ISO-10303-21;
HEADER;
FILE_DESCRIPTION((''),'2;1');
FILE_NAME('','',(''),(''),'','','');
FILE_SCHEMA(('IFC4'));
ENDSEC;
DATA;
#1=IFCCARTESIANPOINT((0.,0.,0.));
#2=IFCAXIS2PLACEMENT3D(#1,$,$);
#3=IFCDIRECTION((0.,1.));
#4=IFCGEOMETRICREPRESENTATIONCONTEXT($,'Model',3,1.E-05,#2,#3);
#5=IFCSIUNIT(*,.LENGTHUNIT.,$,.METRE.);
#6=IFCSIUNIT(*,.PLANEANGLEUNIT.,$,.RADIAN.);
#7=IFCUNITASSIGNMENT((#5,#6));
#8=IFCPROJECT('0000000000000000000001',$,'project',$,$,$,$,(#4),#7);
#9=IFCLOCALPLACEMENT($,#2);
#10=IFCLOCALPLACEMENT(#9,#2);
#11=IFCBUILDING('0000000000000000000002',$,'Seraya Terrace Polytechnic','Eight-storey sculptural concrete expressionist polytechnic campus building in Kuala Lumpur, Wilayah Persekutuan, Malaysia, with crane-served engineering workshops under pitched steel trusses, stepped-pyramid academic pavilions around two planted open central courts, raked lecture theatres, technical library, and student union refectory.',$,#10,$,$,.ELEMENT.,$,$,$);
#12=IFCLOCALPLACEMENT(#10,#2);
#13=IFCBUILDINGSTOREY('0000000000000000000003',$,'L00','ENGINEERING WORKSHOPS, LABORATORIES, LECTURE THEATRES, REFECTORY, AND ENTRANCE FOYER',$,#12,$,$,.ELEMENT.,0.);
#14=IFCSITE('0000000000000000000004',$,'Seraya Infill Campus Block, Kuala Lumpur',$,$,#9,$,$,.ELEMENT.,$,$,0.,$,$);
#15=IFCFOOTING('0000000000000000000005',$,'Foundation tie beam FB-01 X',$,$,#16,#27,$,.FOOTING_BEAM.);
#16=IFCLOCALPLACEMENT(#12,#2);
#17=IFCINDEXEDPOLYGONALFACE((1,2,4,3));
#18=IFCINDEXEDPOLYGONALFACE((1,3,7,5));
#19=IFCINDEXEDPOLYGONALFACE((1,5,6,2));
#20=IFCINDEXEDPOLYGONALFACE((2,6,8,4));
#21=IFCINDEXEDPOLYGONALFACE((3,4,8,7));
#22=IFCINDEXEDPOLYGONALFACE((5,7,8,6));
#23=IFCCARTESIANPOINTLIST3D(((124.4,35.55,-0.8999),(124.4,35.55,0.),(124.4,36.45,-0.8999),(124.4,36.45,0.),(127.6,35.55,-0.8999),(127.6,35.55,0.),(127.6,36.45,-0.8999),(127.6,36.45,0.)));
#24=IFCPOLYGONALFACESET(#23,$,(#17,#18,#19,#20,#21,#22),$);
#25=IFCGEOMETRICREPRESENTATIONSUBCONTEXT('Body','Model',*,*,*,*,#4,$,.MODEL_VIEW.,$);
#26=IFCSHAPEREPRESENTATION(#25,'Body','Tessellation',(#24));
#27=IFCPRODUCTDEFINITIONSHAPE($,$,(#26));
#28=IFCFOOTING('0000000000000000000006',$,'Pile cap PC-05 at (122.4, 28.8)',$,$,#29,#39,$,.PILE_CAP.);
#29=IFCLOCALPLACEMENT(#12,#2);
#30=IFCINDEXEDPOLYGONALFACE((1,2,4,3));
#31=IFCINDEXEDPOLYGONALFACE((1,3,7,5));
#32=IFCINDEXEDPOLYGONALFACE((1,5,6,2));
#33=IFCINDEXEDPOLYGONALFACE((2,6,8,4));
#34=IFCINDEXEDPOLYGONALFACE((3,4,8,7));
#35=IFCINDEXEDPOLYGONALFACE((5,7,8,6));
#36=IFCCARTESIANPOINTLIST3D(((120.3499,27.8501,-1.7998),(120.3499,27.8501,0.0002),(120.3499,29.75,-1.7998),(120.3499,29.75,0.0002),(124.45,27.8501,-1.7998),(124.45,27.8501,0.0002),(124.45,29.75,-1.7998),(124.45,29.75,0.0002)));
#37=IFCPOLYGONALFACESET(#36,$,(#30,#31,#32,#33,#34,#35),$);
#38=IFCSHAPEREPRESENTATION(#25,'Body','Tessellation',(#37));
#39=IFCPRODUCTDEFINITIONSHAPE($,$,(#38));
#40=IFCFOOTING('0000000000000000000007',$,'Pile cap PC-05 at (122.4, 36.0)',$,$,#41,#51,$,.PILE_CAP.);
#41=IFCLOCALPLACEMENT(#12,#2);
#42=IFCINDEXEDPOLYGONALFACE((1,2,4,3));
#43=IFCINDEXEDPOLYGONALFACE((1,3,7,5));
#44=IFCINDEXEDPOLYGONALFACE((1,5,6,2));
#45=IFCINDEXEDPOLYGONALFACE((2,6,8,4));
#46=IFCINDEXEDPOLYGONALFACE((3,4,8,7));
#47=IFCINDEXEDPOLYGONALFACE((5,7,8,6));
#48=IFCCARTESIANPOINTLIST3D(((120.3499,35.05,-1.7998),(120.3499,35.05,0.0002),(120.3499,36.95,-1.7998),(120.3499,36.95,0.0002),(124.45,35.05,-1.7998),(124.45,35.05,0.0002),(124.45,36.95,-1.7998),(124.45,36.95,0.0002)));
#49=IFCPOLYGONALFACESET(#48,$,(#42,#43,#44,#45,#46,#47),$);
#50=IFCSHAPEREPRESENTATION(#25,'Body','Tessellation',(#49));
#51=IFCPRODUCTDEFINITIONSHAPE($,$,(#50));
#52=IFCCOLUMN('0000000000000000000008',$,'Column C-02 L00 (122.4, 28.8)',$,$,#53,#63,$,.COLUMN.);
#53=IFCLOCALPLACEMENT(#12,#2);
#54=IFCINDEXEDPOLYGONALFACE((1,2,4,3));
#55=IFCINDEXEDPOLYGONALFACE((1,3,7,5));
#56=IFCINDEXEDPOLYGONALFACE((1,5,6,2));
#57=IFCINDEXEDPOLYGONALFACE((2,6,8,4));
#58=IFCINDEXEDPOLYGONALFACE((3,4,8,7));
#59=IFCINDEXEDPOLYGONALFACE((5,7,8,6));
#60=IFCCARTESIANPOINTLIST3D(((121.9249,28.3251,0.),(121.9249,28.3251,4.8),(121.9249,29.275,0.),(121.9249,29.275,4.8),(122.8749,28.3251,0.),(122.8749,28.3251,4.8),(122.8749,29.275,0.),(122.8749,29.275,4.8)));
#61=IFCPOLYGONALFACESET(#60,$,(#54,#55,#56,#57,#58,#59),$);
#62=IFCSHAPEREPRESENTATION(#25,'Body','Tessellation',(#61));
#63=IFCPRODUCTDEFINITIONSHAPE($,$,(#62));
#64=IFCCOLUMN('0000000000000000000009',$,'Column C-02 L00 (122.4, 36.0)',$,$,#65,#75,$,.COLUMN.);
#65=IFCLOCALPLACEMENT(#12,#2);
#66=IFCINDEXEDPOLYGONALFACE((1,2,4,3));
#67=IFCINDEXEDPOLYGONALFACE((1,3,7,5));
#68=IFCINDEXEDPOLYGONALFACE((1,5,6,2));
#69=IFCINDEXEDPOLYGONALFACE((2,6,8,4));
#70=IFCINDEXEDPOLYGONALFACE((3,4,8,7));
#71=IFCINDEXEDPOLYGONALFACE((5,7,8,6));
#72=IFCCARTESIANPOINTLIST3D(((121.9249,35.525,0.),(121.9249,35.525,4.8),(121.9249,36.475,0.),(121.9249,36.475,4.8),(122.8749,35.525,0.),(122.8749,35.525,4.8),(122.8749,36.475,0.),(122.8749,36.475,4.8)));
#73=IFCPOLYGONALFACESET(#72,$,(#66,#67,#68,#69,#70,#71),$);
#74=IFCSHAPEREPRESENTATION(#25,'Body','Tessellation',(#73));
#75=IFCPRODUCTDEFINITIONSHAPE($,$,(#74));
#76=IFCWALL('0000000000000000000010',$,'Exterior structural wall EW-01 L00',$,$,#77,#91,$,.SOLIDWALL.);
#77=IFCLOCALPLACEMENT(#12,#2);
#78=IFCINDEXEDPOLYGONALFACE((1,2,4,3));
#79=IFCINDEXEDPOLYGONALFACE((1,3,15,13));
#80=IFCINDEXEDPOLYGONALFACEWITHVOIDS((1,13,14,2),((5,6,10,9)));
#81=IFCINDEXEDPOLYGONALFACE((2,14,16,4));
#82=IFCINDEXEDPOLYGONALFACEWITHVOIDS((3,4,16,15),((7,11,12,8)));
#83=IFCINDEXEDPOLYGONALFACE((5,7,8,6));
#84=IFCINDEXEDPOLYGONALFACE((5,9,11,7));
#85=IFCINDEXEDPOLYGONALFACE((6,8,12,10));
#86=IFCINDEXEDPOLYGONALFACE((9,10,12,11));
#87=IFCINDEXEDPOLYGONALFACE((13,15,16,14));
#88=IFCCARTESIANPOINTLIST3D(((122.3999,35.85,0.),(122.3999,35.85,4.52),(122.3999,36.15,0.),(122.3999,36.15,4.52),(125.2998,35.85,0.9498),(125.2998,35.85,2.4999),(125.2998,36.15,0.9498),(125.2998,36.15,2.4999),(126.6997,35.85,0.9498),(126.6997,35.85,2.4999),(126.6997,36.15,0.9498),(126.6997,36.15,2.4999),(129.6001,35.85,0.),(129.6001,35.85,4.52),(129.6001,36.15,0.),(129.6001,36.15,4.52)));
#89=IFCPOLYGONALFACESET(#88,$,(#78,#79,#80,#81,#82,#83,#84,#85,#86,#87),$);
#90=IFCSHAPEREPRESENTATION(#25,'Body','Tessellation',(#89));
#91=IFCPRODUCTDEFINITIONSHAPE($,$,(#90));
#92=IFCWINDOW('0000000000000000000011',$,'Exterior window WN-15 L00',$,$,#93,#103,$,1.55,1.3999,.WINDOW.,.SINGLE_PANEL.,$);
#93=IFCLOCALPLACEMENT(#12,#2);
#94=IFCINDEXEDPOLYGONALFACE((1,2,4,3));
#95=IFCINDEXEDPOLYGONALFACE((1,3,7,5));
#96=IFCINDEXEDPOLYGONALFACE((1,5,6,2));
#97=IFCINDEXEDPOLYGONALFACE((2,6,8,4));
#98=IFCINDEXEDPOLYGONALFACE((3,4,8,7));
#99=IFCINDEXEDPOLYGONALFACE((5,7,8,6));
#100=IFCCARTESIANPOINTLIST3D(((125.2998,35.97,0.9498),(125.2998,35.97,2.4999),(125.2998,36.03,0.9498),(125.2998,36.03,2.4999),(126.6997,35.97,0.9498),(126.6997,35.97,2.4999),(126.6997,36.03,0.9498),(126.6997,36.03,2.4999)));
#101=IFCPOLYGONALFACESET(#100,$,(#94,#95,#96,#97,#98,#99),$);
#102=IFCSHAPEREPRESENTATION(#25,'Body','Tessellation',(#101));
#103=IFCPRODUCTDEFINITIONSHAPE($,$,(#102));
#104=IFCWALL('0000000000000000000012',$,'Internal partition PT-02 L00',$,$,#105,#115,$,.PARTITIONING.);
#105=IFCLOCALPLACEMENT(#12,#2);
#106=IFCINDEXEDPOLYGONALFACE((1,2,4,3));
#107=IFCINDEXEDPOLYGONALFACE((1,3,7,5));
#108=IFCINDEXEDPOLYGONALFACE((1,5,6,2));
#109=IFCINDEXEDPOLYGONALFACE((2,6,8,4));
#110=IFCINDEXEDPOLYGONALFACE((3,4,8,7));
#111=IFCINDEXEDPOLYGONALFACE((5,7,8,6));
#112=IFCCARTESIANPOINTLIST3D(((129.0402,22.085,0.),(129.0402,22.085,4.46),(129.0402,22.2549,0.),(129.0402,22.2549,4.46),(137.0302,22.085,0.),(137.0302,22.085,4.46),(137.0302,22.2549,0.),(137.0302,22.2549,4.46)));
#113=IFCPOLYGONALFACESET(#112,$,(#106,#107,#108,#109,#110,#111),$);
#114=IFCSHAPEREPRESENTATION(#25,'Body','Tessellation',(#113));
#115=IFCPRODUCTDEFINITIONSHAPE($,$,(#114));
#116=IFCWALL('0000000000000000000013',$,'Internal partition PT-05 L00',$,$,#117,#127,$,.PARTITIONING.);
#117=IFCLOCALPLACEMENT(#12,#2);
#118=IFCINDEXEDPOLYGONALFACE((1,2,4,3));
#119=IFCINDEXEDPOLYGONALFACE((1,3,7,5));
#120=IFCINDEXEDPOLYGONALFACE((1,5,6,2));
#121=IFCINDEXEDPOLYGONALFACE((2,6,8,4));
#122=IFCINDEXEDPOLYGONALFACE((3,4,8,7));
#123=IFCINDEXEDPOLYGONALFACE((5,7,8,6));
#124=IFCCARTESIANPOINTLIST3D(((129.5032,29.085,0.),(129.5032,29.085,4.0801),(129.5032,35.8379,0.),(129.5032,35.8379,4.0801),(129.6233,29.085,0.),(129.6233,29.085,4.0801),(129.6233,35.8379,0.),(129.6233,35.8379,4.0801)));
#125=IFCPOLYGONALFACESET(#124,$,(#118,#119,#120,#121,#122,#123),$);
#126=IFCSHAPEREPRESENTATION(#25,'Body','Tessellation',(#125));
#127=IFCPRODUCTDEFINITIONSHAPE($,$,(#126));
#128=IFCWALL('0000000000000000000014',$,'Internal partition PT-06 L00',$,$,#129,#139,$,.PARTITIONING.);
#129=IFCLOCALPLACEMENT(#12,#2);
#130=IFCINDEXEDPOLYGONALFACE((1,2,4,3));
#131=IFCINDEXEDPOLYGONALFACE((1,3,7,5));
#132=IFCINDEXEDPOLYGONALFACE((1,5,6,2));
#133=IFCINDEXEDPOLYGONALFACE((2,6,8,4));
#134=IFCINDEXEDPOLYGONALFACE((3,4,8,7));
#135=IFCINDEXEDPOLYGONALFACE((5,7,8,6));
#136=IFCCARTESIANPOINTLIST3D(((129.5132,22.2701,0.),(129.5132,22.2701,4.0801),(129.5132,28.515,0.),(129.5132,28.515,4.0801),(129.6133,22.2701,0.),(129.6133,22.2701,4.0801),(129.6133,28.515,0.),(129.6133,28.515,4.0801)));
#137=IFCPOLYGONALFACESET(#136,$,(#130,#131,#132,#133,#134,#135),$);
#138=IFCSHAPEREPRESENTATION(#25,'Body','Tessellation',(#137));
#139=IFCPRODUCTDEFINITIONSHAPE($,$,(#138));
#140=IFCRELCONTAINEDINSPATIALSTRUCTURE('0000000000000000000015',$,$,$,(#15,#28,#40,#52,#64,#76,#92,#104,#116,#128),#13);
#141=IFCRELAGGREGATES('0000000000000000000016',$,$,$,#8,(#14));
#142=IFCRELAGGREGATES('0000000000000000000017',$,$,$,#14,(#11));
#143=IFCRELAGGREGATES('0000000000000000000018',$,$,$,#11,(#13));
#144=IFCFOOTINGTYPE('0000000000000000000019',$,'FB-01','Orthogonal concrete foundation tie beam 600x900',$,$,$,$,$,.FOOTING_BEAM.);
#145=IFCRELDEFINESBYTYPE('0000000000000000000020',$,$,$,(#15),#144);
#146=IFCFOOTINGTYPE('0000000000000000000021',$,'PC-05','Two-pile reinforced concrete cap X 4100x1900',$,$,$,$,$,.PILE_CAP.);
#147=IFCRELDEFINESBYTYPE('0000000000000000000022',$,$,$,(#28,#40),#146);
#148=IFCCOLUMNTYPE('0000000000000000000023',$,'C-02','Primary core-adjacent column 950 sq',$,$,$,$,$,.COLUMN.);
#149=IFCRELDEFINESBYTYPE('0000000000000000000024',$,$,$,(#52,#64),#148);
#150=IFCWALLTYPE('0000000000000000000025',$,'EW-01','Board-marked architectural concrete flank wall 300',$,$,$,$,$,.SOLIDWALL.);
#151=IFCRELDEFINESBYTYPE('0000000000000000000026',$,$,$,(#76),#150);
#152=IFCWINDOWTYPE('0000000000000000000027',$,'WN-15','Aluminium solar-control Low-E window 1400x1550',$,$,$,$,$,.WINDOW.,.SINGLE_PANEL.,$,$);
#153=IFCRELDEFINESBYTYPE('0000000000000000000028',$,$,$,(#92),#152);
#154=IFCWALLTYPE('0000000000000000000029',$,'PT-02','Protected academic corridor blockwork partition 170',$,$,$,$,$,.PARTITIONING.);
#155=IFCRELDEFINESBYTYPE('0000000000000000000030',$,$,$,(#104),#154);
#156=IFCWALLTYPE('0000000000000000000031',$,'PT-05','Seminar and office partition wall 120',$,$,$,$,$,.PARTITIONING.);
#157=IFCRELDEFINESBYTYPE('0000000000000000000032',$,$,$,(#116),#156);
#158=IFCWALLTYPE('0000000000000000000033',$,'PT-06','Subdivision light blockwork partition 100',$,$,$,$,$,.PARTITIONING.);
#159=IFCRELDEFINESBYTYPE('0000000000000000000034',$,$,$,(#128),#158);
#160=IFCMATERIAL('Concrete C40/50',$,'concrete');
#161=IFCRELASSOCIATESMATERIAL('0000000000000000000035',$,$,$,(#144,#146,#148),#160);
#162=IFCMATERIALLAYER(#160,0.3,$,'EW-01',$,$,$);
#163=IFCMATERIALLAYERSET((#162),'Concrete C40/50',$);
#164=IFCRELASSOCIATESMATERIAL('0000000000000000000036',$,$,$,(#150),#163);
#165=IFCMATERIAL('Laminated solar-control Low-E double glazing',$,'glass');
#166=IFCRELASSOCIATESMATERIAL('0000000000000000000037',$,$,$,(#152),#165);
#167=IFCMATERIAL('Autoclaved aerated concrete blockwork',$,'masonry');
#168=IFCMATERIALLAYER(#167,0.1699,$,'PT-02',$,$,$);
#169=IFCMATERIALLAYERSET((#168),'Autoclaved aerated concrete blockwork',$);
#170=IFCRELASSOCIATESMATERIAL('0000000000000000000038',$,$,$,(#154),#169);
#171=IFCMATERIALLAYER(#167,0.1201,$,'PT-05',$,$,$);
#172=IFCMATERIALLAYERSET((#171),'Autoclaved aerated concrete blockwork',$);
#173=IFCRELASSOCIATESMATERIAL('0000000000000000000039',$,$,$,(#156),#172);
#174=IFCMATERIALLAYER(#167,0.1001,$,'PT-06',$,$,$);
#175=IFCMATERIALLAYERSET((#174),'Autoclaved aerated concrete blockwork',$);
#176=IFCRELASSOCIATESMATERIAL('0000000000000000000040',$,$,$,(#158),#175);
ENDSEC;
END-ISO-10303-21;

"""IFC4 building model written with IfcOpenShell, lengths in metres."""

from ifc_helpers import new_model, si_unit, direction, frame, frame_2d, origin, origin_2d, place, context, subcontext, project, spatial, rectangle, extrude, material, layer, layer_set, material_profile, profile_set, type_object, element, fill, save


model = new_model("IFC4")

# Units and contexts
model_context = context("Model", 3, precision=1e-05, world=origin(), true_north=direction((0.0, 1.0)))
body_context = subcontext(model_context, "Body", "Model", "MODEL_VIEW")
ifc_project = project(units=[si_unit("LENGTHUNIT", "METRE"), si_unit("PLANEANGLEUNIT", "RADIAN")], contexts=[model_context])

# Site, building, storey
site_placement = place(None, origin())
site = spatial("IfcSite", under=ifc_project, at=site_placement, Name="Seraya Infill Campus Block, Kuala Lumpur", CompositionType="ELEMENT", RefElevation=0.0)
building_placement = place(site_placement, origin())
building = spatial("IfcBuilding", under=site, at=building_placement, Name="Seraya Terrace Polytechnic", Description="Eight-storey sculptural concrete expressionist polytechnic campus building in Kuala Lumpur, Wilayah Persekutuan, Malaysia, with crane-served engineering workshops under pitched steel trusses, stepped-pyramid academic pavilions around two planted open central courts, raked lecture theatres, technical library, and student union refectory.", CompositionType="ELEMENT")
storey_placement = place(building_placement, origin())
storey = spatial("IfcBuildingStorey", under=building, at=storey_placement, Name="L00", Description="ENGINEERING WORKSHOPS, LABORATORIES, LECTURE THEATRES, REFECTORY, AND ENTRANCE FOYER", CompositionType="ELEMENT", Elevation=0.0)

# Shared definitions
ifc_material_1 = material(Name="Concrete C40/50", Category="concrete")

# Footings
footing_type_1 = type_object("IfcFootingType", Name="FB-01", Description="Orthogonal concrete foundation tie beam 600x900", PredefinedType="FOOTING_BEAM", material=ifc_material_1)
footing_1_placement = place(storey_placement, frame((126.0, 36.0, -0.8999), z_axis=(0.0, 0.0, 1.0), x_axis=(1.0, 0.0, 0.0)))
element("IfcFooting", 1, at=footing_1_placement, inside=storey, type_object=footing_type_1, Name="Foundation tie beam FB-01 X", PredefinedType="FOOTING_BEAM", context=body_context, shape_type="SweptSolid", body=[
    extrude(rectangle(XDim=3.2, YDim=0.8999, at=origin_2d()), origin(), (0.0, 0.0, 1.0), 0.8999),
])
footing_type_2 = type_object("IfcFootingType", Name="PC-05", Description="Two-pile reinforced concrete cap X 4100x1900", PredefinedType="PILE_CAP", material=ifc_material_1)
for number, where, z_axis, x_axis, name in (
    (2, (122.3999, 28.8, -1.7998), (0.0, 0.0, 1.0), (1.0, 0.0, 0.0), "Pile cap PC-05 at (122.4, 28.8)"),
    (3, (122.3999, 36.0, -1.7998), (0.0, 0.0, 1.0), (1.0, 0.0, 0.0), "Pile cap PC-05 at (122.4, 36.0)"),
):
    element("IfcFooting", number, at=place(storey_placement, frame(where, z_axis=z_axis, x_axis=x_axis)), inside=storey, type_object=footing_type_2, Name=name, PredefinedType="PILE_CAP", context=body_context, shape_type="SweptSolid", body=[
        extrude(rectangle(XDim=4.1001, YDim=1.8999, at=origin_2d()), origin(), (0.0, 0.0, 1.0), 1.8),
    ])

# Columns
ifc_material_profile_1 = material_profile(ifc_material_1, rectangle(XDim=0.95, YDim=0.95, at=origin_2d()), Name="RC 950x950")
ifc_profile_set_1 = profile_set([ifc_material_profile_1], Name="Concrete C40/50")
column_type = type_object("IfcColumnType", Name="C-02", Description="Primary core-adjacent column 950 sq", PredefinedType="COLUMN", material=ifc_profile_set_1)
for number, where, z_axis, x_axis, name in (
    (4, (122.3999, 28.8, 0.0), (0.0, 0.0, 1.0), (1.0, 0.0, 0.0), "Column C-02 L00 (122.4, 28.8)"),
    (5, (122.3999, 36.0, 0.0), (0.0, 0.0, 1.0), (1.0, 0.0, 0.0), "Column C-02 L00 (122.4, 36.0)"),
):
    element("IfcColumn", number, at=place(storey_placement, frame(where, z_axis=z_axis, x_axis=x_axis)), inside=storey, type_object=column_type, Name=name, PredefinedType="COLUMN", context=body_context, shape_type="SweptSolid", body=[
        extrude(rectangle(XDim=0.95, YDim=0.95, at=origin_2d()), origin(), (0.0, 0.0, 1.0), 4.8),
    ])

# Wall, opening, window
ifc_layer_1 = layer(ifc_material_1, 0.3, Name="EW-01")
ifc_layer_set_1 = layer_set([ifc_layer_1], Name="Concrete C40/50")
wall_type_1 = type_object("IfcWallType", Name="EW-01", Description="Board-marked architectural concrete flank wall 300", PredefinedType="SOLIDWALL", material=ifc_layer_set_1)
wall_1_placement = place(storey_placement, frame((122.3999, 36.0, 0.0), z_axis=(0.0, 0.0, 1.0), x_axis=(1.0, 0.0, 0.0)))
wall_1 = element("IfcWall", 6, at=wall_1_placement, inside=storey, type_object=wall_type_1, Name="Exterior structural wall EW-01 L00", PredefinedType="SOLIDWALL", context=body_context, shape_type="SweptSolid", body=[
    extrude(rectangle(XDim=7.2002, YDim=0.3, at=frame_2d((3.6001, 0.0))), origin(), (0.0, 0.0, 1.0), 4.52),
])
opening_placement = place(wall_1_placement, frame((2.8999, 0.0, 0.95)))
opening = element("IfcOpeningElement", 7, at=opening_placement, cuts=wall_1, PredefinedType="OPENING", context=body_context, shape_type="SweptSolid", body=[
    extrude(rectangle(XDim=1.3999, YDim=1.55, at=frame_2d((0.7, 0.7749))), frame((0.0, 0.1621, 0.0), z_axis=(0.0, -1.0, 0.0), x_axis=(1.0, 0.0, 0.0)), (0.0, 0.0, 1.0), 0.324),
])
ifc_material_2 = material(Name="Laminated solar-control Low-E double glazing", Category="glass")
window_type = type_object("IfcWindowType", Name="WN-15", Description="Aluminium solar-control Low-E window 1400x1550", PartitioningType="SINGLE_PANEL", PredefinedType="WINDOW", material=ifc_material_2)
window_placement = place(opening_placement, origin())
window = element("IfcWindow", 8, at=window_placement, inside=storey, type_object=window_type, Name="Exterior window WN-15 L00", OverallHeight=1.55, OverallWidth=1.3999, PartitioningType="SINGLE_PANEL", PredefinedType="WINDOW", context=body_context, shape_type="SweptSolid", body=[
    extrude(rectangle(XDim=1.3999, YDim=1.55, at=frame_2d((0.7, 0.7749))), frame((0.0, 0.03, 0.0), z_axis=(0.0, -1.0, 0.0), x_axis=(1.0, 0.0, 0.0)), (0.0, 0.0, 1.0), 0.0601),
])
fill(opening, window)

# Walls
ifc_material_3 = material(Name="Autoclaved aerated concrete blockwork", Category="masonry")
ifc_layer_2 = layer(ifc_material_3, 0.1699, Name="PT-02")
ifc_layer_set_2 = layer_set([ifc_layer_2], Name="Autoclaved aerated concrete blockwork")
wall_type_2 = type_object("IfcWallType", Name="PT-02", Description="Protected academic corridor blockwork partition 170", PredefinedType="PARTITIONING", material=ifc_layer_set_2)
wall_2_placement = place(storey_placement, frame((129.04, 22.1699, 0.0), z_axis=(0.0, 0.0, 1.0), x_axis=(1.0, 0.0, 0.0)))
element("IfcWall", 9, at=wall_2_placement, inside=storey, type_object=wall_type_2, Name="Internal partition PT-02 L00", PredefinedType="PARTITIONING", context=body_context, shape_type="SweptSolid", body=[
    extrude(rectangle(XDim=7.99, YDim=0.1699, at=frame_2d((3.9951, 0.0))), origin(), (0.0, 0.0, 1.0), 4.46),
])
ifc_layer_3 = layer(ifc_material_3, 0.1201, Name="PT-05")
ifc_layer_set_3 = layer_set([ifc_layer_3], Name="Autoclaved aerated concrete blockwork")
wall_type_3 = type_object("IfcWallType", Name="PT-05", Description="Seminar and office partition wall 120", PredefinedType="PARTITIONING", material=ifc_layer_set_3)
wall_3_placement = place(storey_placement, frame((129.5632, 29.085, 0.0), z_axis=(0.0, 0.0, 1.0), x_axis=(0.0, 1.0, 0.0)))
element("IfcWall", 10, at=wall_3_placement, inside=storey, type_object=wall_type_3, Name="Internal partition PT-05 L00", PredefinedType="PARTITIONING", context=body_context, shape_type="SweptSolid", body=[
    extrude(rectangle(XDim=6.7529, YDim=0.1201, at=frame_2d((3.3765, 0.0))), origin(), (0.0, 0.0, 1.0), 4.0801),
])
ifc_layer_4 = layer(ifc_material_3, 0.1001, Name="PT-06")
ifc_layer_set_4 = layer_set([ifc_layer_4], Name="Autoclaved aerated concrete blockwork")
wall_type_4 = type_object("IfcWallType", Name="PT-06", Description="Subdivision light blockwork partition 100", PredefinedType="PARTITIONING", material=ifc_layer_set_4)
wall_4_placement = place(storey_placement, frame((129.5632, 22.27, 0.0), z_axis=(0.0, 0.0, 1.0), x_axis=(0.0, 1.0, 0.0)))
element("IfcWall", 11, at=wall_4_placement, inside=storey, type_object=wall_type_4, Name="Internal partition PT-06 L00", PredefinedType="PARTITIONING", context=body_context, shape_type="SweptSolid", body=[
    extrude(rectangle(XDim=6.2449, YDim=0.1001, at=frame_2d((3.1226, 0.0))), origin(), (0.0, 0.0, 1.0), 4.0801),
])

save(model, "model.ifc")
